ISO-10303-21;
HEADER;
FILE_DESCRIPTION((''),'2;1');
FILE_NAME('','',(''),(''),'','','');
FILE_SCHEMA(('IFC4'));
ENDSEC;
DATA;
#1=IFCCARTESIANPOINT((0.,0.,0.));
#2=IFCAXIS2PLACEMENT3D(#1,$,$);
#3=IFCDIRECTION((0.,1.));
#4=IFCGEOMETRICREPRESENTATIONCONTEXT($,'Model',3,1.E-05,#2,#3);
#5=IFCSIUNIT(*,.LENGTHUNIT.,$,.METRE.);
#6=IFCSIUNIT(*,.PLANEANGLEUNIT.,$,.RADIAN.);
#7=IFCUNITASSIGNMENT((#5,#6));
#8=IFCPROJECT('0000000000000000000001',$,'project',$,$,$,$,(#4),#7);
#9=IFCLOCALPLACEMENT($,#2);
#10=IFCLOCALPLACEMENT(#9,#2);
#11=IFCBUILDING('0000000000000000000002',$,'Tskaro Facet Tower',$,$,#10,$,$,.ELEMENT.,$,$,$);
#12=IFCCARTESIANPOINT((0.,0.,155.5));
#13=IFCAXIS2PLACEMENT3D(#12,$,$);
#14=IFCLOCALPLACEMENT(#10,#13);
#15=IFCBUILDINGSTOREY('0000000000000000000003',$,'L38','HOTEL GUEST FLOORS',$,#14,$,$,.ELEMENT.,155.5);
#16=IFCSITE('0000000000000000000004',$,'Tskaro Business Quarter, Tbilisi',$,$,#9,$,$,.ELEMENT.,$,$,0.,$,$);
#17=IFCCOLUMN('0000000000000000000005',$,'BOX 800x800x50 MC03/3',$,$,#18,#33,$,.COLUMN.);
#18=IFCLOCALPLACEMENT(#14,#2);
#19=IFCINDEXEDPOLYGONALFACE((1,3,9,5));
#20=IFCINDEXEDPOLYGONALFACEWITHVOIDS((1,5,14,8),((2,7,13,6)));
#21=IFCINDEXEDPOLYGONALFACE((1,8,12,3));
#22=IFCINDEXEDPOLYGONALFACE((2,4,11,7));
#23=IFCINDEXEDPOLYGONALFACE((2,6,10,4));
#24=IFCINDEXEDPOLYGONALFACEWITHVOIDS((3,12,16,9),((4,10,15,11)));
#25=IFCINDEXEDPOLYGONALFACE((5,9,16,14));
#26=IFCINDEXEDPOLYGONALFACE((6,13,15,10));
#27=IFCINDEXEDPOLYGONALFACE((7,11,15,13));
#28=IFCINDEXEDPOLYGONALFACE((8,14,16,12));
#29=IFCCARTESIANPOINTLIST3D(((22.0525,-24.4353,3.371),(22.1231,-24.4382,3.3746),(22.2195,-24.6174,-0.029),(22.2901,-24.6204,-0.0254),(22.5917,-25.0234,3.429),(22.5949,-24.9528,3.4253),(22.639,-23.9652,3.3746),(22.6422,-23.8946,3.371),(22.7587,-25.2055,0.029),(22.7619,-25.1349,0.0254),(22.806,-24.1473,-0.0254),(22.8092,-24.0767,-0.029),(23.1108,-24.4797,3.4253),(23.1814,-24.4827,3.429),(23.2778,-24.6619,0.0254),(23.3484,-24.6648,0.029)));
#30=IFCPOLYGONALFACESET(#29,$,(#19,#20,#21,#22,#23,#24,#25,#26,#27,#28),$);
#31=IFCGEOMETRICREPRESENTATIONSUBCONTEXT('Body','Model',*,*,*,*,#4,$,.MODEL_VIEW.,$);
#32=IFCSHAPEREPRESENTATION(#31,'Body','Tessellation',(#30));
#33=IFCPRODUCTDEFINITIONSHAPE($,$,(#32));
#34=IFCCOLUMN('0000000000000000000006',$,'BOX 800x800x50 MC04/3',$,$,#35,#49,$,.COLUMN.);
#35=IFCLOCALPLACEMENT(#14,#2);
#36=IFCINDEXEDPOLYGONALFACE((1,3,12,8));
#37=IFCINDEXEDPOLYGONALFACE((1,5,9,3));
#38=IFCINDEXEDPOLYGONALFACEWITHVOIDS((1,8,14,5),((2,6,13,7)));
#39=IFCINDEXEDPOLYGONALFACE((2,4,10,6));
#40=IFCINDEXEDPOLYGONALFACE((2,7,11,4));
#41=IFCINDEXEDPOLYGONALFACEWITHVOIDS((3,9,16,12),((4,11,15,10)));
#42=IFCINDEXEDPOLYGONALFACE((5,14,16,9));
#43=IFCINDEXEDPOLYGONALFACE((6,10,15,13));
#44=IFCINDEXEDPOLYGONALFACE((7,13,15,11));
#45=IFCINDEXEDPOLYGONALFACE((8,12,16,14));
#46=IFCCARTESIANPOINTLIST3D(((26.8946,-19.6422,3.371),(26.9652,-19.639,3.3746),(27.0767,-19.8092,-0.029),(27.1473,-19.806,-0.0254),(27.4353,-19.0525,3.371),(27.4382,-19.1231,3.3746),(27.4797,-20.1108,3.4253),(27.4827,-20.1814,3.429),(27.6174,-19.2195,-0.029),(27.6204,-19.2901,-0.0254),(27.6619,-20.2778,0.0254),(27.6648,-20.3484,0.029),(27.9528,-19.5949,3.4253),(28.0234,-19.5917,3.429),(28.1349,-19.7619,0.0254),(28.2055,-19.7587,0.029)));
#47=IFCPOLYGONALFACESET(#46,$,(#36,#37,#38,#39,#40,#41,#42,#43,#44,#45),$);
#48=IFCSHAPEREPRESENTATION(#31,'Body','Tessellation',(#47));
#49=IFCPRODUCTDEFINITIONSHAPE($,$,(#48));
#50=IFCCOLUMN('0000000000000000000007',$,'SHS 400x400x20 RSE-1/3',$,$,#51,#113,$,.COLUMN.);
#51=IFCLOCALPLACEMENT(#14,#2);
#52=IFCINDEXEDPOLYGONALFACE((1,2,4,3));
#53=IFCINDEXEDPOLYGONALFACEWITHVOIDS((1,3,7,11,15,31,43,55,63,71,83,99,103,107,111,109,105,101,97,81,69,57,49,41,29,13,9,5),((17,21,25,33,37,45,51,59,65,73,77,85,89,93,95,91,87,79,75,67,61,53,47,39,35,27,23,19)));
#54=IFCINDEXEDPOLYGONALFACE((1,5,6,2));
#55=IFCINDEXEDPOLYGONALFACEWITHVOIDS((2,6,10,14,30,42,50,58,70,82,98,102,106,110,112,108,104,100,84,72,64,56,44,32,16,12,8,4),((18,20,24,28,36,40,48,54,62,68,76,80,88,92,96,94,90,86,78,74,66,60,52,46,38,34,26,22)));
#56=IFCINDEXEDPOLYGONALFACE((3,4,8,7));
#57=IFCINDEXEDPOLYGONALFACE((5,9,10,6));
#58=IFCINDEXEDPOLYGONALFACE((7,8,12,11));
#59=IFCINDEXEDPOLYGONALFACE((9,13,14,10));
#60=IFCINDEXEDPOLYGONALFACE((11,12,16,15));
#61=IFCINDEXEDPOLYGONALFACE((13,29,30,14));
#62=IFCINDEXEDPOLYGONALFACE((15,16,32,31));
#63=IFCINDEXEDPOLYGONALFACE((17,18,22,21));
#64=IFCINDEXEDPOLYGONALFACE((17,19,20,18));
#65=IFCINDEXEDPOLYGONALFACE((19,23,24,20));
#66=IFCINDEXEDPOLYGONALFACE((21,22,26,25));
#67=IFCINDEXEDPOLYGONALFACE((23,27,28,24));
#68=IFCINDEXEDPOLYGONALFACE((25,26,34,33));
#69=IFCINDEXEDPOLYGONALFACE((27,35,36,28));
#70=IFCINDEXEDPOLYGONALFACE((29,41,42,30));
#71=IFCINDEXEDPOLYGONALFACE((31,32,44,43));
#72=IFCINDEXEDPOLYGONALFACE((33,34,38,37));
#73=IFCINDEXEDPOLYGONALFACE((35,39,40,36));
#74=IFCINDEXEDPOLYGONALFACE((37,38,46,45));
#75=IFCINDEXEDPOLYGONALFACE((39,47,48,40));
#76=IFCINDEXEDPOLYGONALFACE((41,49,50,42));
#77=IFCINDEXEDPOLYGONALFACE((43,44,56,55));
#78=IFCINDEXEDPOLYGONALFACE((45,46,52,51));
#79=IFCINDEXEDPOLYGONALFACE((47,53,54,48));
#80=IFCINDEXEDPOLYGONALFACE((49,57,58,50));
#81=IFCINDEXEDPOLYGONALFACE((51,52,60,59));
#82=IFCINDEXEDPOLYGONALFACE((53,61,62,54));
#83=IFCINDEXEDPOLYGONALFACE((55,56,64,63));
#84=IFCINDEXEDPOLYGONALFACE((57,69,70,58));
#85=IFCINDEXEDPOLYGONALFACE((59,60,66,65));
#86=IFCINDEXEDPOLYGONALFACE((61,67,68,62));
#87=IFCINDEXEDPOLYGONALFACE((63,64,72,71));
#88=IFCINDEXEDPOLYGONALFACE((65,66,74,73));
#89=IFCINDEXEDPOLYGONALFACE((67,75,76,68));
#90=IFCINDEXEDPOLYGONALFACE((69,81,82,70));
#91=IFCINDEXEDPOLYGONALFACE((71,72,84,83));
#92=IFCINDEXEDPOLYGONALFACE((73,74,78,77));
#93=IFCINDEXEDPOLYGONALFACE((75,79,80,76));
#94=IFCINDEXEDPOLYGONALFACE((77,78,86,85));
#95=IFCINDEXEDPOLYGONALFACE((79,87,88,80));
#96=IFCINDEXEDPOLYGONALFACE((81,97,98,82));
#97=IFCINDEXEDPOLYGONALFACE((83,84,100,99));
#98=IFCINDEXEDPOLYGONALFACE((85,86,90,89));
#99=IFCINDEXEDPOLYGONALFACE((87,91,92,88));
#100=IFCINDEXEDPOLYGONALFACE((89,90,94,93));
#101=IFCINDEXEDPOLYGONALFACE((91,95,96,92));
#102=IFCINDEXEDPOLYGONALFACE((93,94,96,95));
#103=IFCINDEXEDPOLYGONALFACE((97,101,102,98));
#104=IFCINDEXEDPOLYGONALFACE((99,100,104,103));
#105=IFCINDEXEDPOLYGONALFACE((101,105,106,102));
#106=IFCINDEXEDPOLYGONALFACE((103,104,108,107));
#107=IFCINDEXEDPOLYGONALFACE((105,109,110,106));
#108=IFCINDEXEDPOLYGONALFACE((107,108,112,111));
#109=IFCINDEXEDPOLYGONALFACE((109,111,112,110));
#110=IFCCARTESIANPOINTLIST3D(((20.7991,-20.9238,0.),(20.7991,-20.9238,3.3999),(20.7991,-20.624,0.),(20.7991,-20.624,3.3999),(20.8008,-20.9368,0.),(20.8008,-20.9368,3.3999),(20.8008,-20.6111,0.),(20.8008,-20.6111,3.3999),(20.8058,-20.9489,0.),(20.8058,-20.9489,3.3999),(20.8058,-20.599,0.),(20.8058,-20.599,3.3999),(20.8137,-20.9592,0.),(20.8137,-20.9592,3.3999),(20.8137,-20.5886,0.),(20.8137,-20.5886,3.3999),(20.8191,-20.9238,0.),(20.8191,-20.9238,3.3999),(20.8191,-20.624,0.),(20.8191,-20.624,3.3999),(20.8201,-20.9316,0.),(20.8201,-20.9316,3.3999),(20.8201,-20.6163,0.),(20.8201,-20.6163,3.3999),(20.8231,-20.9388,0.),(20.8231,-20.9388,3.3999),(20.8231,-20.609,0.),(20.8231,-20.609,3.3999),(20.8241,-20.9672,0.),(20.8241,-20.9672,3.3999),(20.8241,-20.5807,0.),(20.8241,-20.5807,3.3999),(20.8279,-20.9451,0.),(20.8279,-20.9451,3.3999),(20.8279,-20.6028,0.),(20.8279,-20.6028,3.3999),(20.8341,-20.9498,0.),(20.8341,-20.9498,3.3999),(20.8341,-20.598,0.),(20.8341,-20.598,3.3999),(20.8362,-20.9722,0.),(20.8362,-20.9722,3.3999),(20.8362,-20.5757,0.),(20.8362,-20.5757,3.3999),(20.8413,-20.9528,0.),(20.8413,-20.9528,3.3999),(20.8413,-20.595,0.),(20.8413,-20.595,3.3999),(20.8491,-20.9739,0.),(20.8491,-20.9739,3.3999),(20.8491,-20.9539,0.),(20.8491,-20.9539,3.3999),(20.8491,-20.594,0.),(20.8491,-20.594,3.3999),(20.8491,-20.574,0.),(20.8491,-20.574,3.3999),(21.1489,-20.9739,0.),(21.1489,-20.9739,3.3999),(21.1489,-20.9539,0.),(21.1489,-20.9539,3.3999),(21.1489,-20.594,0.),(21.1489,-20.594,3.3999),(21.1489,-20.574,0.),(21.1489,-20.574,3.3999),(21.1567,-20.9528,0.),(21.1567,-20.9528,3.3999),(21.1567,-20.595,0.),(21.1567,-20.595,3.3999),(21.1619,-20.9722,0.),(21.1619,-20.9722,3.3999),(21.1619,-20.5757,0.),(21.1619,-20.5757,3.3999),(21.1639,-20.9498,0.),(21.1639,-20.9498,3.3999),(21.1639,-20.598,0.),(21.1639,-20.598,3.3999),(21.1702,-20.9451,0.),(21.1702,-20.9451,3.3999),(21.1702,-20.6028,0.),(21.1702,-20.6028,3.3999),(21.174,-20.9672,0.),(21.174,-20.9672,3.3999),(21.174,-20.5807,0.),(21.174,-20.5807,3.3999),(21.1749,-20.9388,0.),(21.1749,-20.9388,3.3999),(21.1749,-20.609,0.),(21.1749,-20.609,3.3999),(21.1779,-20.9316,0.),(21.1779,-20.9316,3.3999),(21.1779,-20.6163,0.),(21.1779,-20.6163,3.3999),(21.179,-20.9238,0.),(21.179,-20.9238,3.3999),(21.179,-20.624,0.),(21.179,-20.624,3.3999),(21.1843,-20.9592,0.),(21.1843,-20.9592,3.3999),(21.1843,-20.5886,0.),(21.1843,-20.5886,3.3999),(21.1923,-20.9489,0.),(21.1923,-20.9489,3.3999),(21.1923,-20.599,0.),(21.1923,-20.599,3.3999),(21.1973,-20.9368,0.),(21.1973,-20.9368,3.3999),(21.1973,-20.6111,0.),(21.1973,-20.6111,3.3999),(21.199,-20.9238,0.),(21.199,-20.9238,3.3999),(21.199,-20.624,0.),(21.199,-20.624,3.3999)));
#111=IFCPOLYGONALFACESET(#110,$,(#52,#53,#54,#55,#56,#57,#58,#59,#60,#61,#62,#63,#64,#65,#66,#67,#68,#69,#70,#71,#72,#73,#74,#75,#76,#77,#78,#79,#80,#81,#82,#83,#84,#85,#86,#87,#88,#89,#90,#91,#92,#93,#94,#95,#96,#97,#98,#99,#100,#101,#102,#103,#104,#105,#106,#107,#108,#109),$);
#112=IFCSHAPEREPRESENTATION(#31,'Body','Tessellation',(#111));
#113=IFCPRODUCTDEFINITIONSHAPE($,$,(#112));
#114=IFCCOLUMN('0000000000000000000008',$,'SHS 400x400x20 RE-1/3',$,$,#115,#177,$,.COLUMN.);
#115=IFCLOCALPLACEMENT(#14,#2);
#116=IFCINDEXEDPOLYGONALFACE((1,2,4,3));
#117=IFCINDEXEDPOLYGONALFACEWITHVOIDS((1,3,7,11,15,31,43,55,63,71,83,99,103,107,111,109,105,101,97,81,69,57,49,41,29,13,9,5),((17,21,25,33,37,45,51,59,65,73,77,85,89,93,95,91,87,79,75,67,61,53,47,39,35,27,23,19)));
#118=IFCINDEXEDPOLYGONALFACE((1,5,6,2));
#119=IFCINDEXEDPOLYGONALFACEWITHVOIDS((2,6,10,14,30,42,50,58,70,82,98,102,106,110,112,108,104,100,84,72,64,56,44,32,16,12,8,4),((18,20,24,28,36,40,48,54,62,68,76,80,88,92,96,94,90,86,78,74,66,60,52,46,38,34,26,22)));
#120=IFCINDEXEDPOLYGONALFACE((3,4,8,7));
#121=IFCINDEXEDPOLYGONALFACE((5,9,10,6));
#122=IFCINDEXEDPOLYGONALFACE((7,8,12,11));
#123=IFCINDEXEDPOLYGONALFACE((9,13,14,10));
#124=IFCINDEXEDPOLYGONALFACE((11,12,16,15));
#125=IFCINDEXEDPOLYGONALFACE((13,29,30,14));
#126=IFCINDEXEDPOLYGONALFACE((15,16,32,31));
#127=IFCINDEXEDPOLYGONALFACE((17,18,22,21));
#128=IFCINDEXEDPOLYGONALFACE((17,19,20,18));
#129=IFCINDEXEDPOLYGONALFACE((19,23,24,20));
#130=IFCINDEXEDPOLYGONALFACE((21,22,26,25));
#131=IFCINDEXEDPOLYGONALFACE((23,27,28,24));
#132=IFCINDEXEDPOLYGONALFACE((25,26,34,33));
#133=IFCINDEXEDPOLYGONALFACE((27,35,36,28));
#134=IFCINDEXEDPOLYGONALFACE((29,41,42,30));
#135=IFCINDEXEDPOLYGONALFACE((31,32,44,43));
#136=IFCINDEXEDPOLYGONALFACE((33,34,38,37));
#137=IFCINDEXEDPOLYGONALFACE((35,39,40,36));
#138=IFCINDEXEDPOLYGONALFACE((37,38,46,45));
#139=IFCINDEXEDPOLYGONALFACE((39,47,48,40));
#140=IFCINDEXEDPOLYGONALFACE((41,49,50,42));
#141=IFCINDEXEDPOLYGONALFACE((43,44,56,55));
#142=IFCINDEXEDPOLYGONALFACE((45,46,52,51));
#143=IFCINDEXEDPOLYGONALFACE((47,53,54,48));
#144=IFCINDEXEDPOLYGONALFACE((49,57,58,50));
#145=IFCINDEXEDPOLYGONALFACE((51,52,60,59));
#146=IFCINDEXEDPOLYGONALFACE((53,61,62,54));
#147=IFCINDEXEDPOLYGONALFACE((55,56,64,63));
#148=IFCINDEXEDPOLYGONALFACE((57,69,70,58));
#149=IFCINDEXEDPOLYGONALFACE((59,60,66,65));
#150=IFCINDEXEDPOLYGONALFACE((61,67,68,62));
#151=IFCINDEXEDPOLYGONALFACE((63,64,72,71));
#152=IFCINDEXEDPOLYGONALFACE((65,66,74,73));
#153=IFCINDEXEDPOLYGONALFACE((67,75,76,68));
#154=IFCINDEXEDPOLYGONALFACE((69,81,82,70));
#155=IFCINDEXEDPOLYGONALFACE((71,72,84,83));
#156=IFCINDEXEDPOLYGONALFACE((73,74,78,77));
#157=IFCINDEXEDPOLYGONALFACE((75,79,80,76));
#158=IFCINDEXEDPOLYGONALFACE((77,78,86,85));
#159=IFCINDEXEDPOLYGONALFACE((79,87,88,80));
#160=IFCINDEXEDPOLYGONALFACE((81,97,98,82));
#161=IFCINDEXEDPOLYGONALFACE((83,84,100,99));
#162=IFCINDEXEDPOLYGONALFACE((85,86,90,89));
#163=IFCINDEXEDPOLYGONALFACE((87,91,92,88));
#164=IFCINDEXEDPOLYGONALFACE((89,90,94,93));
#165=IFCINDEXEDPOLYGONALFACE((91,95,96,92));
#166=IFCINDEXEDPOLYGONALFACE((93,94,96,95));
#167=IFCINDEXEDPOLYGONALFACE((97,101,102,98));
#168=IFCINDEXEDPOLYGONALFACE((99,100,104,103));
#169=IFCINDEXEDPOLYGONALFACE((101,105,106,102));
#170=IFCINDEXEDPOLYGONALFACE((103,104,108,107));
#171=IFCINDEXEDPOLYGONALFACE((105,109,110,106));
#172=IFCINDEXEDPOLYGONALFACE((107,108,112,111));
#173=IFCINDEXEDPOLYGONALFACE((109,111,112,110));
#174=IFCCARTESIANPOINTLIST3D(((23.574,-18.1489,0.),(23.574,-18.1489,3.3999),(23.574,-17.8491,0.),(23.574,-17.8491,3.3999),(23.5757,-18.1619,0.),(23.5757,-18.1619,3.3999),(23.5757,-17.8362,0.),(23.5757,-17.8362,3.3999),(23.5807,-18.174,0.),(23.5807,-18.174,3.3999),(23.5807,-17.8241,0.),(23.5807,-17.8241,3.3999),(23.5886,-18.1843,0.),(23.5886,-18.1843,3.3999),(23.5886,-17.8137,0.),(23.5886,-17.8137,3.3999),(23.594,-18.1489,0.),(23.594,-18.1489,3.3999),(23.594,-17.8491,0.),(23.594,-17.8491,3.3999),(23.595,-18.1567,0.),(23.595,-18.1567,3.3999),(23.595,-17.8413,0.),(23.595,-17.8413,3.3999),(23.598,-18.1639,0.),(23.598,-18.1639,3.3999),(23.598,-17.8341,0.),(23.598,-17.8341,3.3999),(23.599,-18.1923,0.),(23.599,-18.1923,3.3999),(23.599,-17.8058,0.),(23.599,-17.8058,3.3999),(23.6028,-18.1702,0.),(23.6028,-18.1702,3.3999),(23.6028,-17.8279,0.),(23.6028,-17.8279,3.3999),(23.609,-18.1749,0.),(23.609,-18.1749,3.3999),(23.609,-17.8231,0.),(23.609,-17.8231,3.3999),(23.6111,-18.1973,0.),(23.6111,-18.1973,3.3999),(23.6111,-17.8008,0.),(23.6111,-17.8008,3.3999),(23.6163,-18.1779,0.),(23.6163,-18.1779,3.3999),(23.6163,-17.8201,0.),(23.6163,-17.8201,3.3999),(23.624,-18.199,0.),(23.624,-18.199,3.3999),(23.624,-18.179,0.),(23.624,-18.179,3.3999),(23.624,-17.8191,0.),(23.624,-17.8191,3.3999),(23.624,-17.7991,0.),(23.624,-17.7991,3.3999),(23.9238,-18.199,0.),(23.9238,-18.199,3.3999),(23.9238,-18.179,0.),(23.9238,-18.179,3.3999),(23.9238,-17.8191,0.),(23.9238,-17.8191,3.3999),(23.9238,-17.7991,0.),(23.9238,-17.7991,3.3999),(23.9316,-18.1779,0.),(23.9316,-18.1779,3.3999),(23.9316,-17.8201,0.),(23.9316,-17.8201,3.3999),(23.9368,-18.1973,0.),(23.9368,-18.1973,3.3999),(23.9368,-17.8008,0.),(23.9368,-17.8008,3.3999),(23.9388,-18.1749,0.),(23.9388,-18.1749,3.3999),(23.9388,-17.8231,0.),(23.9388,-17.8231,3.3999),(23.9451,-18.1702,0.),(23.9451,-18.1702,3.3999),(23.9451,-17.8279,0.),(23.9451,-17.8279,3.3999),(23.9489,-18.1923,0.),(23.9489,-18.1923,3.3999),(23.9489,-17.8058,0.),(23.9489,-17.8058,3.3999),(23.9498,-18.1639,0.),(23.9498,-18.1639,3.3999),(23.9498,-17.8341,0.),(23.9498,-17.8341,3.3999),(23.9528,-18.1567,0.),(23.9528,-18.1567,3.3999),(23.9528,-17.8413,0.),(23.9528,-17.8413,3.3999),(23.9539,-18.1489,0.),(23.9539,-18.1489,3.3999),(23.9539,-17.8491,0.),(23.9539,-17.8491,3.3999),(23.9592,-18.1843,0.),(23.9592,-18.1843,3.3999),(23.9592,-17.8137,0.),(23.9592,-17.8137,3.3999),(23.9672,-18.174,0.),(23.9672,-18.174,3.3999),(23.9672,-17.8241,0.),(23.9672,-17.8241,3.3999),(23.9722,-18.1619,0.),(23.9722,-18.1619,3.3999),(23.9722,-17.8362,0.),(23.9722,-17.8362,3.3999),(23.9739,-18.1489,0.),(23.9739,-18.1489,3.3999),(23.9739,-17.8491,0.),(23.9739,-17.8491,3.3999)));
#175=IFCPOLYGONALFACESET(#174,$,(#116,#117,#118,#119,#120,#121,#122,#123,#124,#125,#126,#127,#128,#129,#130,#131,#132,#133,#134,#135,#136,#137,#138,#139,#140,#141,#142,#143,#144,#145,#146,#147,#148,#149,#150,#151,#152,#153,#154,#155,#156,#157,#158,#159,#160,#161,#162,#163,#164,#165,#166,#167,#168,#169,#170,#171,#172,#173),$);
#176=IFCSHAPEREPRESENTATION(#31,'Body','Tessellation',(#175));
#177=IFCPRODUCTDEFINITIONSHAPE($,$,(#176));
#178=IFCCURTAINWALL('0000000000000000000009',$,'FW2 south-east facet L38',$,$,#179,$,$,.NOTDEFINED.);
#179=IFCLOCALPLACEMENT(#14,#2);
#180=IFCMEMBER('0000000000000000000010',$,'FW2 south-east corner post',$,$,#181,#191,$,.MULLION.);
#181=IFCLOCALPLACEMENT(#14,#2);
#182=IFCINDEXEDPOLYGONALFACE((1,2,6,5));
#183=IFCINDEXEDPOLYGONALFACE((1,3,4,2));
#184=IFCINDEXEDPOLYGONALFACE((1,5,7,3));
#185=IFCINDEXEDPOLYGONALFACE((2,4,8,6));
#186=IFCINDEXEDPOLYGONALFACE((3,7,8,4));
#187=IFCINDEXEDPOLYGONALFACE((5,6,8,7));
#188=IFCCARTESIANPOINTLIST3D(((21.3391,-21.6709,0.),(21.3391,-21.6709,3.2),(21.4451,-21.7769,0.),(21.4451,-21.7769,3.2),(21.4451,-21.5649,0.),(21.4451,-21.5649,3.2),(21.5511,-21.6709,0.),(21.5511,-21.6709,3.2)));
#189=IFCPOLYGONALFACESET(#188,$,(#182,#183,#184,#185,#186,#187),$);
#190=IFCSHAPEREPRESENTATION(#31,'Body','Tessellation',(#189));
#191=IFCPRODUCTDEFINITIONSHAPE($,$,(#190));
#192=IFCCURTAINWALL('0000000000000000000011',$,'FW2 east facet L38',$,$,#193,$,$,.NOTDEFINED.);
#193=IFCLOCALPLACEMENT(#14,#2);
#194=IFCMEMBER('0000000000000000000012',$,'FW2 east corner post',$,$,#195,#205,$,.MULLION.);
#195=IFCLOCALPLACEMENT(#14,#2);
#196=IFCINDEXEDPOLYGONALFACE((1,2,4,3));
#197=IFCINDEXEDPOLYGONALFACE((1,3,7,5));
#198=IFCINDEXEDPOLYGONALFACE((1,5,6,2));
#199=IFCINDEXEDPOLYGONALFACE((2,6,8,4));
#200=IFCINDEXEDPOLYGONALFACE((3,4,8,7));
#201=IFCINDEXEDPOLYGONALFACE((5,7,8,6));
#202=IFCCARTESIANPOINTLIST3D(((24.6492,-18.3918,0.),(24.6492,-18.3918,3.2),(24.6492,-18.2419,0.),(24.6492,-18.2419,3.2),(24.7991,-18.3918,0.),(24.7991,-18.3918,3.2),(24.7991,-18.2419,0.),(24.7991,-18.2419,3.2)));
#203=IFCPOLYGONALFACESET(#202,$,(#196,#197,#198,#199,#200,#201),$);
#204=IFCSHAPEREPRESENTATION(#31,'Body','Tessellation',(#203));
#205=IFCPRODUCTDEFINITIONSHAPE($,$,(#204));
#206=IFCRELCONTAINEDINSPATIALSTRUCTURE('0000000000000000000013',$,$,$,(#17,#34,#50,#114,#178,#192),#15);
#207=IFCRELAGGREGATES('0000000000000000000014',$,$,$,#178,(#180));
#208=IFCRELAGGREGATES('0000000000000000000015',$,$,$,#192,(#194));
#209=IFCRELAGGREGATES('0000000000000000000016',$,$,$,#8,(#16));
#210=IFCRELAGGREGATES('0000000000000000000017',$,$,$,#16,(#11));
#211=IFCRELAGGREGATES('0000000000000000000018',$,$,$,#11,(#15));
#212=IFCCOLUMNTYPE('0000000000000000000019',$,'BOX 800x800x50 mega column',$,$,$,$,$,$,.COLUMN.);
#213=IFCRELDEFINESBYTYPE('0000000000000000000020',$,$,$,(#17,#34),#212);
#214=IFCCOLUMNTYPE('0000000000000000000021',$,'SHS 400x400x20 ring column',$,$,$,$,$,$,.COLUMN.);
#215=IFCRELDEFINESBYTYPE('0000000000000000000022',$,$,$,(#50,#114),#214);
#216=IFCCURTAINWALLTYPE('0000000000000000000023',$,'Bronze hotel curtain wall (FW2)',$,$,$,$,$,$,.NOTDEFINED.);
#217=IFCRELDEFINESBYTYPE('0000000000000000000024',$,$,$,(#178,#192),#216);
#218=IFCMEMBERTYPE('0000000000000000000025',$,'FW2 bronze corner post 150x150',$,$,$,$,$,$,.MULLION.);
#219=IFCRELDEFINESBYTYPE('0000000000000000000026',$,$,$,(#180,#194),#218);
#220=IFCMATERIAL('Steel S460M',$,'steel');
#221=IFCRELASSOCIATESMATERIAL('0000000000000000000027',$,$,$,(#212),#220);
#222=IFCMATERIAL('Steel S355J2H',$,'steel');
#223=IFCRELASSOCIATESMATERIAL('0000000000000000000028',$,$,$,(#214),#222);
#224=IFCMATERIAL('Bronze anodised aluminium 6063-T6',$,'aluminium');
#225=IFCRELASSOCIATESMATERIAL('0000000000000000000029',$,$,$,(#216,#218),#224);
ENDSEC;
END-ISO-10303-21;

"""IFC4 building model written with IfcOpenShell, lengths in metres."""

from ifc_helpers import new_model, si_unit, direction, frame, origin, origin_2d, place, context, subcontext, project, spatial, rectangle, hollow_rectangle, extrude, material, material_profile, profile_set, type_object, element, aggregate, save


model = new_model("IFC4")

# Units and contexts
model_context = context("Model", 3, precision=1e-05, world=origin(), true_north=direction((0.0, 1.0)))
body_context = subcontext(model_context, "Body", "Model", "MODEL_VIEW")
ifc_project = project(units=[si_unit("LENGTHUNIT", "METRE"), si_unit("PLANEANGLEUNIT", "RADIAN")], contexts=[model_context])

# Site, building, storey
site_placement = place(None, origin())
site = spatial("IfcSite", under=ifc_project, at=site_placement, Name="Tskaro Business Quarter, Tbilisi", CompositionType="ELEMENT", RefElevation=0.0)
building_placement = place(site_placement, origin())
building = spatial("IfcBuilding", under=site, at=building_placement, Name="Tskaro Facet Tower", CompositionType="ELEMENT")
storey_placement = place(building_placement, frame((0.0, 0.0, 155.5)))
storey = spatial("IfcBuildingStorey", under=building, at=storey_placement, Name="L38", Description="HOTEL GUEST FLOORS", CompositionType="ELEMENT", Elevation=155.5)

# Columns
ifc_material_1 = material(Name="Steel S460M", Category="steel")
ifc_material_profile_1 = material_profile(ifc_material_1, hollow_rectangle(XDim=0.8, YDim=0.8, WallThickness=0.05, at=origin_2d()), Name="BOX 800x800x50")
ifc_profile_set_1 = profile_set([ifc_material_profile_1], Name="Steel S460M")
column_type_1 = type_object("IfcColumnType", Name="BOX 800x800x50 mega column", PredefinedType="COLUMN", material=ifc_profile_set_1)
for number, where, z_axis, x_axis, name in (
    (1, (22.7839, -24.6411, 0.0), (-0.048988, 0.053428, 0.997369), (-0.737072, -0.675814, 0.0), "BOX 800x800x50 MC03/3"),
    (2, (27.6411, -19.7839, 0.0), (-0.053428, 0.048988, 0.997369), (-0.675814, -0.737072, 0.0), "BOX 800x800x50 MC04/3"),
):
    element("IfcColumn", number, at=place(storey_placement, frame(where, z_axis=z_axis, x_axis=x_axis)), inside=storey, type_object=column_type_1, Name=name, PredefinedType="COLUMN", context=body_context, shape_type="SweptSolid", body=[
        extrude(hollow_rectangle(XDim=0.8, YDim=0.8, WallThickness=0.05, at=origin_2d()), origin(), (0.0, 0.0, 1.0), 3.4089),
    ])
ifc_material_2 = material(Name="Steel S355J2H", Category="steel")
ifc_material_profile_2 = material_profile(ifc_material_2, hollow_rectangle(XDim=0.3999, YDim=0.3999, WallThickness=0.02, InnerFilletRadius=0.03, OuterFilletRadius=0.05, at=origin_2d()), Name="SHS 400x400x20")
ifc_profile_set_2 = profile_set([ifc_material_profile_2], Name="Steel S355J2H")
column_type_2 = type_object("IfcColumnType", Name="SHS 400x400x20 ring column", PredefinedType="COLUMN", material=ifc_profile_set_2)
for number, where, z_axis, x_axis, name in (
    (3, (20.999, -20.7739, 0.0), (0.0, 0.0, 1.0), (1.0, 0.0, 0.0), "SHS 400x400x20 RSE-1/3"),
    (4, (23.7739, -17.999, 0.0), (0.0, 0.0, 1.0), (1.0, 0.0, 0.0), "SHS 400x400x20 RE-1/3"),
):
    element("IfcColumn", number, at=place(storey_placement, frame(where, z_axis=z_axis, x_axis=x_axis)), inside=storey, type_object=column_type_2, Name=name, PredefinedType="COLUMN", context=body_context, shape_type="SweptSolid", body=[
        extrude(hollow_rectangle(XDim=0.3999, YDim=0.3999, WallThickness=0.02, InnerFilletRadius=0.03, OuterFilletRadius=0.05, at=origin_2d()), origin(), (0.0, 0.0, 1.0), 3.3999),
    ])

# Curtain walls, members
ifc_material_3 = material(Name="Bronze anodised aluminium 6063-T6", Category="aluminium")
curtain_wall_type = type_object("IfcCurtainWallType", Name="Bronze hotel curtain wall (FW2)", PredefinedType="NOTDEFINED", material=ifc_material_3)
curtain_wall_1_placement = place(storey_placement, origin())
curtain_wall_1 = element("IfcCurtainWall", 5, at=curtain_wall_1_placement, inside=storey, type_object=curtain_wall_type, Name="FW2 south-east facet L38", PredefinedType="NOTDEFINED")
ifc_material_profile_3 = material_profile(ifc_material_3, rectangle(XDim=0.1499, YDim=0.1499, at=origin_2d()), Name="Corner post 150x150")
ifc_profile_set_3 = profile_set([ifc_material_profile_3], Name="Bronze anodised aluminium 6063-T6")
member_type_1 = type_object("IfcMemberType", Name="FW2 bronze corner post 150x150", PredefinedType="MULLION", material=ifc_profile_set_3)
member_1_placement = place(storey_placement, frame((21.4451, -21.6709, 0.0), z_axis=(0.0, 0.0, 1.0), x_axis=(0.707107, 0.707107, 0.0)))
member_1 = element("IfcMember", 6, at=member_1_placement, type_object=member_type_1, Name="FW2 south-east corner post", PredefinedType="MULLION", context=body_context, shape_type="SweptSolid", body=[
    extrude(rectangle(XDim=0.1499, YDim=0.1499, at=origin_2d()), origin(), (0.0, 0.0, 1.0), 3.2),
])
curtain_wall_2_placement = place(storey_placement, origin())
curtain_wall_2 = element("IfcCurtainWall", 7, at=curtain_wall_2_placement, inside=storey, type_object=curtain_wall_type, Name="FW2 east facet L38", PredefinedType="NOTDEFINED")
member_2_placement = place(storey_placement, frame((24.7241, -18.3169, 0.0), z_axis=(0.0, 0.0, 1.0), x_axis=(0.0, 1.0, 0.0)))
member_2 = element("IfcMember", 8, at=member_2_placement, type_object=member_type_1, Name="FW2 east corner post", PredefinedType="MULLION", context=body_context, shape_type="SweptSolid", body=[
    extrude(rectangle(XDim=0.1499, YDim=0.1499, at=origin_2d()), origin(), (0.0, 0.0, 1.0), 3.2),
])

aggregate(curtain_wall_1, [member_1])
aggregate(curtain_wall_2, [member_2])

save(model, "model.ifc")
